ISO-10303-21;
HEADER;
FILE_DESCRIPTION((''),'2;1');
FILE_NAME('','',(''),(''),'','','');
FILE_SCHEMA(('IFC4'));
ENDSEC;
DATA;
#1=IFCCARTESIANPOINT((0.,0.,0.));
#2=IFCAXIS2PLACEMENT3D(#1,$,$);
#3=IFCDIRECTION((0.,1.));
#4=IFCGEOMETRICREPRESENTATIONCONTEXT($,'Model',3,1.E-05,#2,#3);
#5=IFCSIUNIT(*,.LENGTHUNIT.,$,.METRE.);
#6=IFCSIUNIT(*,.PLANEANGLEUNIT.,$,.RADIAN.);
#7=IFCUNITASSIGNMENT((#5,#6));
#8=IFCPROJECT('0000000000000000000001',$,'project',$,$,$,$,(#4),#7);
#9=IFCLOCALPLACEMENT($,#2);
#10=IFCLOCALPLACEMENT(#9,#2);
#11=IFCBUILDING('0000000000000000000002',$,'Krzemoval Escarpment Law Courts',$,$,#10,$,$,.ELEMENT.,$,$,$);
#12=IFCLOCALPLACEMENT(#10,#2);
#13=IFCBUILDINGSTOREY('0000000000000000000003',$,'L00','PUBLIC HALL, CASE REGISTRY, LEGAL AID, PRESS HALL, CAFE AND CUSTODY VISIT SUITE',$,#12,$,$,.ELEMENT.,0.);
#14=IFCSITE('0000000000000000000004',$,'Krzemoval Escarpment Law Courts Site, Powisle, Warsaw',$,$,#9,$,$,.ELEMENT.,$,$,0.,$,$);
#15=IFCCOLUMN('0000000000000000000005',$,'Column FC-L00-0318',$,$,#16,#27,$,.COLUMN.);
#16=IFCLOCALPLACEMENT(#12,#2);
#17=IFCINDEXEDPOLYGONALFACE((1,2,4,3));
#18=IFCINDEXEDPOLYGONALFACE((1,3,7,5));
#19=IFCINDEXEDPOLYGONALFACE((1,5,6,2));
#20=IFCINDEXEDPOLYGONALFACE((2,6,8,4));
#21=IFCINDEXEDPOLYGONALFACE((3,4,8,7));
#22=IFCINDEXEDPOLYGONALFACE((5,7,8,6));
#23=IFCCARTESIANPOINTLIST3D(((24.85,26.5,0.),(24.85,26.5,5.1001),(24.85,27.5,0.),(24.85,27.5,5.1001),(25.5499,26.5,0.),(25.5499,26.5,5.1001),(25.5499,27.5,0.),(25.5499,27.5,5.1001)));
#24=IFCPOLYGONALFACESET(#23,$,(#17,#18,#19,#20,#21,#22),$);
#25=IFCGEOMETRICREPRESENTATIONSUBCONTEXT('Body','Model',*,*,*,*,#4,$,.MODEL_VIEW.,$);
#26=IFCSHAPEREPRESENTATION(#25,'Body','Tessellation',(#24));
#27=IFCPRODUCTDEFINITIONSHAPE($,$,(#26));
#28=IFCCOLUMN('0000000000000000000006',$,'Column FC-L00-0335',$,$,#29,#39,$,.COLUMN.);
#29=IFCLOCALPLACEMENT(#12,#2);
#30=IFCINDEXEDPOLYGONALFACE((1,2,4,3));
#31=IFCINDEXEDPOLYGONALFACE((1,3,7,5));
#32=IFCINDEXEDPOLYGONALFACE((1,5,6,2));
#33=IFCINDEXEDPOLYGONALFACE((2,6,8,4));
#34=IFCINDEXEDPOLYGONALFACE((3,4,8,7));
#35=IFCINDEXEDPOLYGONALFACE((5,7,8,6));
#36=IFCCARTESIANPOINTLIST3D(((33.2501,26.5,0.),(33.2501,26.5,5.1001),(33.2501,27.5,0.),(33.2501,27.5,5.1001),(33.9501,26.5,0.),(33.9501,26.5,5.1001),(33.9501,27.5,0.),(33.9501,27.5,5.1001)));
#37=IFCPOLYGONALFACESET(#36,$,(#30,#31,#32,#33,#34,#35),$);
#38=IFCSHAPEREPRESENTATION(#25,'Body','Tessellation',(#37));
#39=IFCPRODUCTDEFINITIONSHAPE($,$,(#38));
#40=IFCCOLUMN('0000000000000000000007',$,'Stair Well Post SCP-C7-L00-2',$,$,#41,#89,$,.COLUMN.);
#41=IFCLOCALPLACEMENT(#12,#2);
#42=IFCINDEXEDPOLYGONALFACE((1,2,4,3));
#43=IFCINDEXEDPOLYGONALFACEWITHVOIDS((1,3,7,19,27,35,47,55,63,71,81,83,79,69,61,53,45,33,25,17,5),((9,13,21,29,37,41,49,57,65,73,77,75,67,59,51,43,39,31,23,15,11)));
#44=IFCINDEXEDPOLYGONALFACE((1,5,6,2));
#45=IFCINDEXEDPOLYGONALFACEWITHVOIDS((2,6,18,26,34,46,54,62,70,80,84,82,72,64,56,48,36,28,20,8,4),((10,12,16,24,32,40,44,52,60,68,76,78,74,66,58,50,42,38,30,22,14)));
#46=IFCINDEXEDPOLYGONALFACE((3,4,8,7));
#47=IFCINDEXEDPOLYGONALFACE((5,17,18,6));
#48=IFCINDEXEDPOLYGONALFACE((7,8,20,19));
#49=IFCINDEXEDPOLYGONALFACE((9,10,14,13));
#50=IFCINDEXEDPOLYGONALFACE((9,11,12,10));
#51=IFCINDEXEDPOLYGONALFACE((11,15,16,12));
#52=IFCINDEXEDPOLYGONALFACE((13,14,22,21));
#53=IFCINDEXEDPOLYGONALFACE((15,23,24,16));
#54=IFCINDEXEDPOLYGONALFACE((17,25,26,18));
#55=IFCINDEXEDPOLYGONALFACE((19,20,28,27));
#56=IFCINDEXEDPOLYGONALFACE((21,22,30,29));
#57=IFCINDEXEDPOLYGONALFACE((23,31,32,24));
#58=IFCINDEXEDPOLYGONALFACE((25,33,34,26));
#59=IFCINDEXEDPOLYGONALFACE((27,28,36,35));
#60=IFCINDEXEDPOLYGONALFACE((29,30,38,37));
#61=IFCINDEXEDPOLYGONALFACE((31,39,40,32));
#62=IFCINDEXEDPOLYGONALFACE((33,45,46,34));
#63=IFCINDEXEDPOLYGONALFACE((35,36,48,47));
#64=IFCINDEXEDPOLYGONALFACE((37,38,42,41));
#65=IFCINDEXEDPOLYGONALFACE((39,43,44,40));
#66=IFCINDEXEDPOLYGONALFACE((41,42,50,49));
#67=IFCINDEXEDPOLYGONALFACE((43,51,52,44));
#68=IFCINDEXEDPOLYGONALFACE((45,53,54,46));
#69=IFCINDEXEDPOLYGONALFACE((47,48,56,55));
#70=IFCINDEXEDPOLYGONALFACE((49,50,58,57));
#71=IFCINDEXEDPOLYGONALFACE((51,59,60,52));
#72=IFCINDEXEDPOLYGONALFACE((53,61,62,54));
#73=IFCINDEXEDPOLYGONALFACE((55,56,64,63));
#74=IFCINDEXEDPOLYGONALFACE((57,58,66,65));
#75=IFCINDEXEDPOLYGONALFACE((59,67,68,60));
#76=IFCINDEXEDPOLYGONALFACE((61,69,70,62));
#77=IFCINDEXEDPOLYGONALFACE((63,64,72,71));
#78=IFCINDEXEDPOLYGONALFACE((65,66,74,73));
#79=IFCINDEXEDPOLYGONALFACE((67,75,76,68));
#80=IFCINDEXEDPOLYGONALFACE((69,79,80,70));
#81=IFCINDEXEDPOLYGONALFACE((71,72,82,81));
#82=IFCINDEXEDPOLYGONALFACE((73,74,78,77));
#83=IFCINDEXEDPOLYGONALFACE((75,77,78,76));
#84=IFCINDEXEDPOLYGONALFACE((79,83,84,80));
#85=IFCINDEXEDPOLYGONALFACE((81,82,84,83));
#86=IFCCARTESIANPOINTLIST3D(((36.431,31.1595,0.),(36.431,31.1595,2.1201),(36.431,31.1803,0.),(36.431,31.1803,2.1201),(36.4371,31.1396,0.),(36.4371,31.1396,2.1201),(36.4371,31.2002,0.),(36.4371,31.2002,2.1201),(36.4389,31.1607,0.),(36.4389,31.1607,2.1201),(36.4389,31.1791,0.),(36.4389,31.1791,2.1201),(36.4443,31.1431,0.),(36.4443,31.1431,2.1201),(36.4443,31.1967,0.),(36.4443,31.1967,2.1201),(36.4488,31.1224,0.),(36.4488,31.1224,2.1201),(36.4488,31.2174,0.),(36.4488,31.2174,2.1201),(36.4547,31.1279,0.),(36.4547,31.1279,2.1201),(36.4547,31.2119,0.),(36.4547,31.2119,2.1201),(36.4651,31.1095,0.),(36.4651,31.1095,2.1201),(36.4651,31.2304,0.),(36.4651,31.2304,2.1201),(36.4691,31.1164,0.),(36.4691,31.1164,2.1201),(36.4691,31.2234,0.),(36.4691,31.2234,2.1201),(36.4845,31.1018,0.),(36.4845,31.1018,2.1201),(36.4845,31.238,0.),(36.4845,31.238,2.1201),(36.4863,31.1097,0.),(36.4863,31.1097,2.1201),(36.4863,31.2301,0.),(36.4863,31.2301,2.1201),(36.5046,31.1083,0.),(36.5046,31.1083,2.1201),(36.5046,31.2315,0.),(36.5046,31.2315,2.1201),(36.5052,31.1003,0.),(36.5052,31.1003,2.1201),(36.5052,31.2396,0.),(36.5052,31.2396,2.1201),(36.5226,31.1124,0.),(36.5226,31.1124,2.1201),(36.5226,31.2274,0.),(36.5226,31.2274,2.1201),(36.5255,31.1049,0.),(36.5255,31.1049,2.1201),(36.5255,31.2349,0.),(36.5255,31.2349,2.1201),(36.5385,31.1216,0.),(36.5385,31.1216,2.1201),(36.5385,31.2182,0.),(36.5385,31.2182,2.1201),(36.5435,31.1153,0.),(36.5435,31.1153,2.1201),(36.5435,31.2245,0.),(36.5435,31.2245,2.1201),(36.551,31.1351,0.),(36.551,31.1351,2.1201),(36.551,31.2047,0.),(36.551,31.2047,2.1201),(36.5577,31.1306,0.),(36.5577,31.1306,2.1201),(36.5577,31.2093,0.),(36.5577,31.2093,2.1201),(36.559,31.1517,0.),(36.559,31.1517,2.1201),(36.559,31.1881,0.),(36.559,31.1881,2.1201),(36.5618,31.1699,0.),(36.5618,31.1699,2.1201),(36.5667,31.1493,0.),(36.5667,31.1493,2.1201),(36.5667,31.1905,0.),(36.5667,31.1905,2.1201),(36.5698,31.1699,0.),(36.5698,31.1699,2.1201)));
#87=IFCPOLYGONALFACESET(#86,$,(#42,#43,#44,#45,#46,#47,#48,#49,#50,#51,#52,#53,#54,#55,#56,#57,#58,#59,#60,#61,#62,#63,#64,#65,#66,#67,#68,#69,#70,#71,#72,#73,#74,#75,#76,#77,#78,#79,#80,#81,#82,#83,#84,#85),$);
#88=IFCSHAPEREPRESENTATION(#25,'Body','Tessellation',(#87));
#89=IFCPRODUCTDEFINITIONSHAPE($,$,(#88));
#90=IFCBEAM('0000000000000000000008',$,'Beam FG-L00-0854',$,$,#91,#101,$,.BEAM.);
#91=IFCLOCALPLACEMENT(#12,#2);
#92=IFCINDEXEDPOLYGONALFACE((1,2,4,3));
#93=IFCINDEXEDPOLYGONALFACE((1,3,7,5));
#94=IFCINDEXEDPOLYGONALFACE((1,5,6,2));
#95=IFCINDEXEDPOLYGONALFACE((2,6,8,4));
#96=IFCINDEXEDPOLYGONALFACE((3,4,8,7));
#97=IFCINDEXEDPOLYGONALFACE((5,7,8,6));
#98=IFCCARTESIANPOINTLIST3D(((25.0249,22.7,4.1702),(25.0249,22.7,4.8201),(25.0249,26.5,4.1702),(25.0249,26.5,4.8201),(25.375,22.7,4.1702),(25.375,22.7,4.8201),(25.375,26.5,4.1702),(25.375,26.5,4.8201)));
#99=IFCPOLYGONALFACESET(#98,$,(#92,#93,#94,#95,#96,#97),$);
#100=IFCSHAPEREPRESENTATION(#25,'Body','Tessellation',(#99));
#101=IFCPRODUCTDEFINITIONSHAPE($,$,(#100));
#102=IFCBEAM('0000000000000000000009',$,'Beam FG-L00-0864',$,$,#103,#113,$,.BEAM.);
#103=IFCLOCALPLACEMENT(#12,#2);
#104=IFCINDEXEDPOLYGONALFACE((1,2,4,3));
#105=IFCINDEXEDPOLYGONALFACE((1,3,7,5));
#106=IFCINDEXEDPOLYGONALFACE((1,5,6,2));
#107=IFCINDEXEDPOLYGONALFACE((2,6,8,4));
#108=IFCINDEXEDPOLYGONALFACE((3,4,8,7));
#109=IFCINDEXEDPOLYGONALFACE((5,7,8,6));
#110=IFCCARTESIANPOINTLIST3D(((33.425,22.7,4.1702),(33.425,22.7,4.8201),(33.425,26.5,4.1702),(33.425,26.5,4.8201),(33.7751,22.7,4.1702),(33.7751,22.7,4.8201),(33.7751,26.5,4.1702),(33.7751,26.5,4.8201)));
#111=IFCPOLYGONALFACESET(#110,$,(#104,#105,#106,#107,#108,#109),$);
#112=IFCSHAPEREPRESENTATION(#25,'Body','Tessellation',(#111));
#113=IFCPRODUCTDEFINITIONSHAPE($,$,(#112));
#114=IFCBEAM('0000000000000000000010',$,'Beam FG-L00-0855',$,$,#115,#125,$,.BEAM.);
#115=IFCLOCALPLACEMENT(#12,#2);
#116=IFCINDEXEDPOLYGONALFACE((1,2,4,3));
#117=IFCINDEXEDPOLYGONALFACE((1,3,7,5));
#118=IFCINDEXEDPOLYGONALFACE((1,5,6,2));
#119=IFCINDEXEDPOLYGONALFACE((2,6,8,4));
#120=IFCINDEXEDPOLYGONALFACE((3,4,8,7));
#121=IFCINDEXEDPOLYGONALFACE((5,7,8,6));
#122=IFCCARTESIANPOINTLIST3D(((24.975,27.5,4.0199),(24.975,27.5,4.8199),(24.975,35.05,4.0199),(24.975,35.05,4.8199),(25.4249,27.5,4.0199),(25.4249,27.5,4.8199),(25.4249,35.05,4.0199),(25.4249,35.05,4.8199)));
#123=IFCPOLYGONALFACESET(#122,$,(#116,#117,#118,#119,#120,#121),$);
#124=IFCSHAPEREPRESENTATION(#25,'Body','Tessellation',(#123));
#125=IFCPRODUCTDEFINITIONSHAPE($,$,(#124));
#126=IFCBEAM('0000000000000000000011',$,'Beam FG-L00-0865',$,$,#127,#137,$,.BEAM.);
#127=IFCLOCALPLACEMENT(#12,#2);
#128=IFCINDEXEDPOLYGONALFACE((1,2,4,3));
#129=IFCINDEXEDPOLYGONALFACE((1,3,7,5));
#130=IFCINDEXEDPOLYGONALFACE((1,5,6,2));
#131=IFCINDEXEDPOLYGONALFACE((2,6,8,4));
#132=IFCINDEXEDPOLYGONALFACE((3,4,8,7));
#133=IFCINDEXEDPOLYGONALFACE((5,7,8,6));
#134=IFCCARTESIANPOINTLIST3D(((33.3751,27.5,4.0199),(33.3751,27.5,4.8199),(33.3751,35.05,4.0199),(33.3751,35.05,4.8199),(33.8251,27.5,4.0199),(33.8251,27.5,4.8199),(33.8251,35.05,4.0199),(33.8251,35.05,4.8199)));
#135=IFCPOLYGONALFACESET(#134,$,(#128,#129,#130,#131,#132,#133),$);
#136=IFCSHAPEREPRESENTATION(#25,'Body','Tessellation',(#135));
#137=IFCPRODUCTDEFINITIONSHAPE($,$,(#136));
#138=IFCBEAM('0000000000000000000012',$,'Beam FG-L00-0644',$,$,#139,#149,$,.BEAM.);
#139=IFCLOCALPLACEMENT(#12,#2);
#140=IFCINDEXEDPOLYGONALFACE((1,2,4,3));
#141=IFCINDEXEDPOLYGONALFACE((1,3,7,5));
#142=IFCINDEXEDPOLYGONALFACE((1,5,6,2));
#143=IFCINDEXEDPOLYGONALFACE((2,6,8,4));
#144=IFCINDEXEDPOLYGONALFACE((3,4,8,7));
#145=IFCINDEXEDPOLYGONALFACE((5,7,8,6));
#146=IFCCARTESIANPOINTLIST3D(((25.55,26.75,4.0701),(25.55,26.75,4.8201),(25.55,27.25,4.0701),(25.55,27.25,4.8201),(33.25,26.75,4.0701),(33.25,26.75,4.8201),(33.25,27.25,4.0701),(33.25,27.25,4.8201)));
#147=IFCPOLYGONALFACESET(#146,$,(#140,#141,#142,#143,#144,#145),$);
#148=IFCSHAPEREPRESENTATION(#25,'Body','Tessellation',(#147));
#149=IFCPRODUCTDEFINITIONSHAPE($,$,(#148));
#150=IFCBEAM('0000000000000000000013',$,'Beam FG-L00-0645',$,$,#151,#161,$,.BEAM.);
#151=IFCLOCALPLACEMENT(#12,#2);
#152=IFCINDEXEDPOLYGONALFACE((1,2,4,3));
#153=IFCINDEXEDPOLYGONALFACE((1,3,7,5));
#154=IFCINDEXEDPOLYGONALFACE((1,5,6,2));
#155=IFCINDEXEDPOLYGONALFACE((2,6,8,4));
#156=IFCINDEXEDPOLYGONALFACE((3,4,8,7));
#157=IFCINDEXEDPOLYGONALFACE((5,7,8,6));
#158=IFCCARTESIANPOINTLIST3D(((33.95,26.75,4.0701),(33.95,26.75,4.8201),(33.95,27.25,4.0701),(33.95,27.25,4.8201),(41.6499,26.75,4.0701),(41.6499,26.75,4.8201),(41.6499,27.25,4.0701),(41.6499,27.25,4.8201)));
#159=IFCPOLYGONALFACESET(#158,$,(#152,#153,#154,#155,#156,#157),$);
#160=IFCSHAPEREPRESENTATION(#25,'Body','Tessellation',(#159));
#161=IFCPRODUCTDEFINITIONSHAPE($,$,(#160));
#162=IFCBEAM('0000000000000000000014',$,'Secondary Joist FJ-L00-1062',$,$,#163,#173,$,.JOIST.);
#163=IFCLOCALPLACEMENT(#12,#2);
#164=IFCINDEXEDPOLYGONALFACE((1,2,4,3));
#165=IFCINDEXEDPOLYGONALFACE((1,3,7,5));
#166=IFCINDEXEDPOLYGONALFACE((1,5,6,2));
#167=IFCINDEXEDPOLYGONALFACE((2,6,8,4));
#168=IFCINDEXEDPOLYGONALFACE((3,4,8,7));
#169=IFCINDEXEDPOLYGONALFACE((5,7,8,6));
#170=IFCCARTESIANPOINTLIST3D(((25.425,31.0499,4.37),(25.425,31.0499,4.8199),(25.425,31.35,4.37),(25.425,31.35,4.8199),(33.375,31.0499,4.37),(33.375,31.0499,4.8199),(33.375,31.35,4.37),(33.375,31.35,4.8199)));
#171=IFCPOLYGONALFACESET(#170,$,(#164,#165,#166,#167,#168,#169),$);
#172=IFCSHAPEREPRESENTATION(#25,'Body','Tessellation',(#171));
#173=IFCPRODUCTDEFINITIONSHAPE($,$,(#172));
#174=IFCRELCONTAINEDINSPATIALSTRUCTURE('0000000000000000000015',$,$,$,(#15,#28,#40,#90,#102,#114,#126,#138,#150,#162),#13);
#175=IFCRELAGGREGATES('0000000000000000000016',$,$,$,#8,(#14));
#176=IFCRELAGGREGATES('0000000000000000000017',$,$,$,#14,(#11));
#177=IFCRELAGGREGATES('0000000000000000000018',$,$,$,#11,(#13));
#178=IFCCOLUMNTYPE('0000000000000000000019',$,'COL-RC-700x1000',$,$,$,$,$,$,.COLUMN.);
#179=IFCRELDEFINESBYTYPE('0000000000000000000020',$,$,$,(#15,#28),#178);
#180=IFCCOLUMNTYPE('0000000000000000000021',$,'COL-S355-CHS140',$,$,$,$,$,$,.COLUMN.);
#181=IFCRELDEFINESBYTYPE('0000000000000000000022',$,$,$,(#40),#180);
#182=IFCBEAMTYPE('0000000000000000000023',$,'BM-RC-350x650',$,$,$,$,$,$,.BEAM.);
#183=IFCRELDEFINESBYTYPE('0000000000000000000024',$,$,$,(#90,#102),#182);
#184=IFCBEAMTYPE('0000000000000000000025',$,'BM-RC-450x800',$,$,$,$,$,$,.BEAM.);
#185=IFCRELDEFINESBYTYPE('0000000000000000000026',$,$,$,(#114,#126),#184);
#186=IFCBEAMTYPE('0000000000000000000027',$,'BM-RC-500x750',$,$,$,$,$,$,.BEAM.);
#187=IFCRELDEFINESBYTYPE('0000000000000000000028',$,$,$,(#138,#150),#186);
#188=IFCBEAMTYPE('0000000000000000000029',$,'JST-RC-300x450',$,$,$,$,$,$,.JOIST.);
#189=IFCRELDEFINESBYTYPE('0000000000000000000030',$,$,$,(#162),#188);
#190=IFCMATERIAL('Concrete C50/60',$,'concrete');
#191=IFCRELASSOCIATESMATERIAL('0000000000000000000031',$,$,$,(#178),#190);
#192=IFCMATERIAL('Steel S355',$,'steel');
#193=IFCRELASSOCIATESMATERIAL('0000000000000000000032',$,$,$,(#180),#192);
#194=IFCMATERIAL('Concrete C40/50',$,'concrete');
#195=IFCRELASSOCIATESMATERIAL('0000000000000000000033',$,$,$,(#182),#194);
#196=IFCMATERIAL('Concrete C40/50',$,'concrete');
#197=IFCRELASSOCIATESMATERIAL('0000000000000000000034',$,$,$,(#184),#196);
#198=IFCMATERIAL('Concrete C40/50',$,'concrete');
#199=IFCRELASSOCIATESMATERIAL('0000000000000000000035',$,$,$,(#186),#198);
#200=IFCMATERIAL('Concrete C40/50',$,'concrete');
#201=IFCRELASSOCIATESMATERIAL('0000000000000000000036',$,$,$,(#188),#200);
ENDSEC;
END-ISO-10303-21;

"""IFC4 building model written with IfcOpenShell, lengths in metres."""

from ifc_helpers import new_model, si_unit, direction, frame, origin, origin_2d, place, context, subcontext, project, spatial, rectangle, hollow_circle, extrude, material, material_profile, profile_set, type_object, element, save


model = new_model("IFC4")

# Units and contexts
model_context = context("Model", 3, precision=1e-05, world=origin(), true_north=direction((0.0, 1.0)))
body_context = subcontext(model_context, "Body", "Model", "MODEL_VIEW")
ifc_project = project(units=[si_unit("LENGTHUNIT", "METRE"), si_unit("PLANEANGLEUNIT", "RADIAN")], contexts=[model_context])

# Site, building, storey
site_placement = place(None, origin())
site = spatial("IfcSite", under=ifc_project, at=site_placement, Name="Krzemoval Escarpment Law Courts Site, Powisle, Warsaw", CompositionType="ELEMENT", RefElevation=0.0)
building_placement = place(site_placement, origin())
building = spatial("IfcBuilding", under=site, at=building_placement, Name="Krzemoval Escarpment Law Courts", CompositionType="ELEMENT")
storey_placement = place(building_placement, origin())
storey = spatial("IfcBuildingStorey", under=building, at=storey_placement, Name="L00", Description="PUBLIC HALL, CASE REGISTRY, LEGAL AID, PRESS HALL, CAFE AND CUSTODY VISIT SUITE", CompositionType="ELEMENT", Elevation=0.0)

# Columns
ifc_material_1 = material(Name="Concrete C50/60", Category="concrete")
ifc_material_profile_1 = material_profile(ifc_material_1, rectangle(XDim=0.7, YDim=1.0, at=origin_2d()), Name="RC 700x1000")
ifc_profile_set_1 = profile_set([ifc_material_profile_1], Name="Concrete C50/60")
column_type_1 = type_object("IfcColumnType", Name="COL-RC-700x1000", PredefinedType="COLUMN", material=ifc_profile_set_1)
for number, where, z_axis, x_axis, name in (
    (1, (25.2, 27.0, 0.0), (0.0, 0.0, 1.0), (1.0, 0.0, 0.0), "Column FC-L00-0318"),
    (2, (33.6001, 27.0, 0.0), (0.0, 0.0, 1.0), (1.0, 0.0, 0.0), "Column FC-L00-0335"),
):
    element("IfcColumn", number, at=place(storey_placement, frame(where, z_axis=z_axis, x_axis=x_axis)), inside=storey, type_object=column_type_1, Name=name, PredefinedType="COLUMN", context=body_context, shape_type="SweptSolid", body=[
        extrude(rectangle(XDim=0.7, YDim=1.0, at=origin_2d()), origin(), (0.0, 0.0, 1.0), 5.1001),
    ])
ifc_material_2 = material(Name="Steel S355", Category="steel")
ifc_material_profile_2 = material_profile(ifc_material_2, hollow_circle(Radius=0.0698, WallThickness=0.0081, at=origin_2d()), Name="CHS 139.7x8")
ifc_profile_set_2 = profile_set([ifc_material_profile_2], Name="Steel S355")
column_type_2 = type_object("IfcColumnType", Name="COL-S355-CHS140", PredefinedType="COLUMN", material=ifc_profile_set_2)
column_placement = place(storey_placement, frame((36.5, 31.1699, 0.0), z_axis=(0.0, 0.0, 1.0), x_axis=(1.0, 0.0, 0.0)))
element("IfcColumn", 3, at=column_placement, inside=storey, type_object=column_type_2, Name="Stair Well Post SCP-C7-L00-2", PredefinedType="COLUMN", context=body_context, shape_type="SweptSolid", body=[
    extrude(hollow_circle(Radius=0.0698, WallThickness=0.0081, at=origin_2d()), origin(), (0.0, 0.0, 1.0), 2.1201),
])

# Beams
ifc_material_3 = material(Name="Concrete C40/50", Category="concrete")
ifc_material_profile_3 = material_profile(ifc_material_3, rectangle(XDim=0.3501, YDim=0.6499, at=origin_2d()), Name="RCB 350x650")
ifc_profile_set_3 = profile_set([ifc_material_profile_3], Name="Concrete C40/50")
beam_type_1 = type_object("IfcBeamType", Name="BM-RC-350x650", PredefinedType="BEAM", material=ifc_profile_set_3)
for number, where, z_axis, x_axis, name in (
    (4, (25.2, 22.7, 4.4951), (0.0, 1.0, 0.0), (-1.0, 0.0, 0.0), "Beam FG-L00-0854"),
    (5, (33.6001, 22.7, 4.4951), (0.0, 1.0, 0.0), (-1.0, 0.0, 0.0), "Beam FG-L00-0864"),
):
    element("IfcBeam", number, at=place(storey_placement, frame(where, z_axis=z_axis, x_axis=x_axis)), inside=storey, type_object=beam_type_1, Name=name, PredefinedType="BEAM", context=body_context, shape_type="SweptSolid", body=[
        extrude(rectangle(XDim=0.3501, YDim=0.6499, at=origin_2d()), origin(), (0.0, 0.0, 1.0), 3.8),
    ])
ifc_material_4 = material(Name="Concrete C40/50", Category="concrete")
ifc_material_profile_4 = material_profile(ifc_material_4, rectangle(XDim=0.45, YDim=0.8, at=origin_2d()), Name="RCB 450x800")
ifc_profile_set_4 = profile_set([ifc_material_profile_4], Name="Concrete C40/50")
beam_type_2 = type_object("IfcBeamType", Name="BM-RC-450x800", PredefinedType="BEAM", material=ifc_profile_set_4)
for number, where, z_axis, x_axis, name in (
    (6, (25.2, 27.5, 4.4199), (0.0, 1.0, 0.0), (-1.0, 0.0, 0.0), "Beam FG-L00-0855"),
    (7, (33.6001, 27.5, 4.4199), (0.0, 1.0, 0.0), (-1.0, 0.0, 0.0), "Beam FG-L00-0865"),
):
    element("IfcBeam", number, at=place(storey_placement, frame(where, z_axis=z_axis, x_axis=x_axis)), inside=storey, type_object=beam_type_2, Name=name, PredefinedType="BEAM", context=body_context, shape_type="SweptSolid", body=[
        extrude(rectangle(XDim=0.45, YDim=0.8, at=origin_2d()), origin(), (0.0, 0.0, 1.0), 7.55),
    ])
ifc_material_5 = material(Name="Concrete C40/50", Category="concrete")
ifc_material_profile_5 = material_profile(ifc_material_5, rectangle(XDim=0.5, YDim=0.75, at=origin_2d()), Name="RCB 500x750")
ifc_profile_set_5 = profile_set([ifc_material_profile_5], Name="Concrete C40/50")
beam_type_3 = type_object("IfcBeamType", Name="BM-RC-500x750", PredefinedType="BEAM", material=ifc_profile_set_5)
for number, where, z_axis, x_axis, name in (
    (8, (25.55, 27.0, 4.4451), (1.0, 0.0, 0.0), (0.0, 1.0, 0.0), "Beam FG-L00-0644"),
    (9, (33.95, 27.0, 4.4451), (1.0, 0.0, 0.0), (0.0, 1.0, 0.0), "Beam FG-L00-0645"),
):
    element("IfcBeam", number, at=place(storey_placement, frame(where, z_axis=z_axis, x_axis=x_axis)), inside=storey, type_object=beam_type_3, Name=name, PredefinedType="BEAM", context=body_context, shape_type="SweptSolid", body=[
        extrude(rectangle(XDim=0.5, YDim=0.75, at=origin_2d()), origin(), (0.0, 0.0, 1.0), 7.7),
    ])
ifc_material_6 = material(Name="Concrete C40/50", Category="concrete")
ifc_material_profile_6 = material_profile(ifc_material_6, rectangle(XDim=0.3, YDim=0.45, at=origin_2d()), Name="RCB 300x450")
ifc_profile_set_6 = profile_set([ifc_material_profile_6], Name="Concrete C40/50")
beam_type_4 = type_object("IfcBeamType", Name="JST-RC-300x450", PredefinedType="JOIST", material=ifc_profile_set_6)
beam_1_placement = place(storey_placement, frame((25.425, 31.2, 4.595), z_axis=(1.0, 0.0, 0.0), x_axis=(0.0, 1.0, 0.0)))
element("IfcBeam", 10, at=beam_1_placement, inside=storey, type_object=beam_type_4, Name="Secondary Joist FJ-L00-1062", PredefinedType="JOIST", context=body_context, shape_type="SweptSolid", body=[
    extrude(rectangle(XDim=0.3, YDim=0.45, at=origin_2d()), origin(), (0.0, 0.0, 1.0), 7.95),
])

save(model, "model.ifc")
